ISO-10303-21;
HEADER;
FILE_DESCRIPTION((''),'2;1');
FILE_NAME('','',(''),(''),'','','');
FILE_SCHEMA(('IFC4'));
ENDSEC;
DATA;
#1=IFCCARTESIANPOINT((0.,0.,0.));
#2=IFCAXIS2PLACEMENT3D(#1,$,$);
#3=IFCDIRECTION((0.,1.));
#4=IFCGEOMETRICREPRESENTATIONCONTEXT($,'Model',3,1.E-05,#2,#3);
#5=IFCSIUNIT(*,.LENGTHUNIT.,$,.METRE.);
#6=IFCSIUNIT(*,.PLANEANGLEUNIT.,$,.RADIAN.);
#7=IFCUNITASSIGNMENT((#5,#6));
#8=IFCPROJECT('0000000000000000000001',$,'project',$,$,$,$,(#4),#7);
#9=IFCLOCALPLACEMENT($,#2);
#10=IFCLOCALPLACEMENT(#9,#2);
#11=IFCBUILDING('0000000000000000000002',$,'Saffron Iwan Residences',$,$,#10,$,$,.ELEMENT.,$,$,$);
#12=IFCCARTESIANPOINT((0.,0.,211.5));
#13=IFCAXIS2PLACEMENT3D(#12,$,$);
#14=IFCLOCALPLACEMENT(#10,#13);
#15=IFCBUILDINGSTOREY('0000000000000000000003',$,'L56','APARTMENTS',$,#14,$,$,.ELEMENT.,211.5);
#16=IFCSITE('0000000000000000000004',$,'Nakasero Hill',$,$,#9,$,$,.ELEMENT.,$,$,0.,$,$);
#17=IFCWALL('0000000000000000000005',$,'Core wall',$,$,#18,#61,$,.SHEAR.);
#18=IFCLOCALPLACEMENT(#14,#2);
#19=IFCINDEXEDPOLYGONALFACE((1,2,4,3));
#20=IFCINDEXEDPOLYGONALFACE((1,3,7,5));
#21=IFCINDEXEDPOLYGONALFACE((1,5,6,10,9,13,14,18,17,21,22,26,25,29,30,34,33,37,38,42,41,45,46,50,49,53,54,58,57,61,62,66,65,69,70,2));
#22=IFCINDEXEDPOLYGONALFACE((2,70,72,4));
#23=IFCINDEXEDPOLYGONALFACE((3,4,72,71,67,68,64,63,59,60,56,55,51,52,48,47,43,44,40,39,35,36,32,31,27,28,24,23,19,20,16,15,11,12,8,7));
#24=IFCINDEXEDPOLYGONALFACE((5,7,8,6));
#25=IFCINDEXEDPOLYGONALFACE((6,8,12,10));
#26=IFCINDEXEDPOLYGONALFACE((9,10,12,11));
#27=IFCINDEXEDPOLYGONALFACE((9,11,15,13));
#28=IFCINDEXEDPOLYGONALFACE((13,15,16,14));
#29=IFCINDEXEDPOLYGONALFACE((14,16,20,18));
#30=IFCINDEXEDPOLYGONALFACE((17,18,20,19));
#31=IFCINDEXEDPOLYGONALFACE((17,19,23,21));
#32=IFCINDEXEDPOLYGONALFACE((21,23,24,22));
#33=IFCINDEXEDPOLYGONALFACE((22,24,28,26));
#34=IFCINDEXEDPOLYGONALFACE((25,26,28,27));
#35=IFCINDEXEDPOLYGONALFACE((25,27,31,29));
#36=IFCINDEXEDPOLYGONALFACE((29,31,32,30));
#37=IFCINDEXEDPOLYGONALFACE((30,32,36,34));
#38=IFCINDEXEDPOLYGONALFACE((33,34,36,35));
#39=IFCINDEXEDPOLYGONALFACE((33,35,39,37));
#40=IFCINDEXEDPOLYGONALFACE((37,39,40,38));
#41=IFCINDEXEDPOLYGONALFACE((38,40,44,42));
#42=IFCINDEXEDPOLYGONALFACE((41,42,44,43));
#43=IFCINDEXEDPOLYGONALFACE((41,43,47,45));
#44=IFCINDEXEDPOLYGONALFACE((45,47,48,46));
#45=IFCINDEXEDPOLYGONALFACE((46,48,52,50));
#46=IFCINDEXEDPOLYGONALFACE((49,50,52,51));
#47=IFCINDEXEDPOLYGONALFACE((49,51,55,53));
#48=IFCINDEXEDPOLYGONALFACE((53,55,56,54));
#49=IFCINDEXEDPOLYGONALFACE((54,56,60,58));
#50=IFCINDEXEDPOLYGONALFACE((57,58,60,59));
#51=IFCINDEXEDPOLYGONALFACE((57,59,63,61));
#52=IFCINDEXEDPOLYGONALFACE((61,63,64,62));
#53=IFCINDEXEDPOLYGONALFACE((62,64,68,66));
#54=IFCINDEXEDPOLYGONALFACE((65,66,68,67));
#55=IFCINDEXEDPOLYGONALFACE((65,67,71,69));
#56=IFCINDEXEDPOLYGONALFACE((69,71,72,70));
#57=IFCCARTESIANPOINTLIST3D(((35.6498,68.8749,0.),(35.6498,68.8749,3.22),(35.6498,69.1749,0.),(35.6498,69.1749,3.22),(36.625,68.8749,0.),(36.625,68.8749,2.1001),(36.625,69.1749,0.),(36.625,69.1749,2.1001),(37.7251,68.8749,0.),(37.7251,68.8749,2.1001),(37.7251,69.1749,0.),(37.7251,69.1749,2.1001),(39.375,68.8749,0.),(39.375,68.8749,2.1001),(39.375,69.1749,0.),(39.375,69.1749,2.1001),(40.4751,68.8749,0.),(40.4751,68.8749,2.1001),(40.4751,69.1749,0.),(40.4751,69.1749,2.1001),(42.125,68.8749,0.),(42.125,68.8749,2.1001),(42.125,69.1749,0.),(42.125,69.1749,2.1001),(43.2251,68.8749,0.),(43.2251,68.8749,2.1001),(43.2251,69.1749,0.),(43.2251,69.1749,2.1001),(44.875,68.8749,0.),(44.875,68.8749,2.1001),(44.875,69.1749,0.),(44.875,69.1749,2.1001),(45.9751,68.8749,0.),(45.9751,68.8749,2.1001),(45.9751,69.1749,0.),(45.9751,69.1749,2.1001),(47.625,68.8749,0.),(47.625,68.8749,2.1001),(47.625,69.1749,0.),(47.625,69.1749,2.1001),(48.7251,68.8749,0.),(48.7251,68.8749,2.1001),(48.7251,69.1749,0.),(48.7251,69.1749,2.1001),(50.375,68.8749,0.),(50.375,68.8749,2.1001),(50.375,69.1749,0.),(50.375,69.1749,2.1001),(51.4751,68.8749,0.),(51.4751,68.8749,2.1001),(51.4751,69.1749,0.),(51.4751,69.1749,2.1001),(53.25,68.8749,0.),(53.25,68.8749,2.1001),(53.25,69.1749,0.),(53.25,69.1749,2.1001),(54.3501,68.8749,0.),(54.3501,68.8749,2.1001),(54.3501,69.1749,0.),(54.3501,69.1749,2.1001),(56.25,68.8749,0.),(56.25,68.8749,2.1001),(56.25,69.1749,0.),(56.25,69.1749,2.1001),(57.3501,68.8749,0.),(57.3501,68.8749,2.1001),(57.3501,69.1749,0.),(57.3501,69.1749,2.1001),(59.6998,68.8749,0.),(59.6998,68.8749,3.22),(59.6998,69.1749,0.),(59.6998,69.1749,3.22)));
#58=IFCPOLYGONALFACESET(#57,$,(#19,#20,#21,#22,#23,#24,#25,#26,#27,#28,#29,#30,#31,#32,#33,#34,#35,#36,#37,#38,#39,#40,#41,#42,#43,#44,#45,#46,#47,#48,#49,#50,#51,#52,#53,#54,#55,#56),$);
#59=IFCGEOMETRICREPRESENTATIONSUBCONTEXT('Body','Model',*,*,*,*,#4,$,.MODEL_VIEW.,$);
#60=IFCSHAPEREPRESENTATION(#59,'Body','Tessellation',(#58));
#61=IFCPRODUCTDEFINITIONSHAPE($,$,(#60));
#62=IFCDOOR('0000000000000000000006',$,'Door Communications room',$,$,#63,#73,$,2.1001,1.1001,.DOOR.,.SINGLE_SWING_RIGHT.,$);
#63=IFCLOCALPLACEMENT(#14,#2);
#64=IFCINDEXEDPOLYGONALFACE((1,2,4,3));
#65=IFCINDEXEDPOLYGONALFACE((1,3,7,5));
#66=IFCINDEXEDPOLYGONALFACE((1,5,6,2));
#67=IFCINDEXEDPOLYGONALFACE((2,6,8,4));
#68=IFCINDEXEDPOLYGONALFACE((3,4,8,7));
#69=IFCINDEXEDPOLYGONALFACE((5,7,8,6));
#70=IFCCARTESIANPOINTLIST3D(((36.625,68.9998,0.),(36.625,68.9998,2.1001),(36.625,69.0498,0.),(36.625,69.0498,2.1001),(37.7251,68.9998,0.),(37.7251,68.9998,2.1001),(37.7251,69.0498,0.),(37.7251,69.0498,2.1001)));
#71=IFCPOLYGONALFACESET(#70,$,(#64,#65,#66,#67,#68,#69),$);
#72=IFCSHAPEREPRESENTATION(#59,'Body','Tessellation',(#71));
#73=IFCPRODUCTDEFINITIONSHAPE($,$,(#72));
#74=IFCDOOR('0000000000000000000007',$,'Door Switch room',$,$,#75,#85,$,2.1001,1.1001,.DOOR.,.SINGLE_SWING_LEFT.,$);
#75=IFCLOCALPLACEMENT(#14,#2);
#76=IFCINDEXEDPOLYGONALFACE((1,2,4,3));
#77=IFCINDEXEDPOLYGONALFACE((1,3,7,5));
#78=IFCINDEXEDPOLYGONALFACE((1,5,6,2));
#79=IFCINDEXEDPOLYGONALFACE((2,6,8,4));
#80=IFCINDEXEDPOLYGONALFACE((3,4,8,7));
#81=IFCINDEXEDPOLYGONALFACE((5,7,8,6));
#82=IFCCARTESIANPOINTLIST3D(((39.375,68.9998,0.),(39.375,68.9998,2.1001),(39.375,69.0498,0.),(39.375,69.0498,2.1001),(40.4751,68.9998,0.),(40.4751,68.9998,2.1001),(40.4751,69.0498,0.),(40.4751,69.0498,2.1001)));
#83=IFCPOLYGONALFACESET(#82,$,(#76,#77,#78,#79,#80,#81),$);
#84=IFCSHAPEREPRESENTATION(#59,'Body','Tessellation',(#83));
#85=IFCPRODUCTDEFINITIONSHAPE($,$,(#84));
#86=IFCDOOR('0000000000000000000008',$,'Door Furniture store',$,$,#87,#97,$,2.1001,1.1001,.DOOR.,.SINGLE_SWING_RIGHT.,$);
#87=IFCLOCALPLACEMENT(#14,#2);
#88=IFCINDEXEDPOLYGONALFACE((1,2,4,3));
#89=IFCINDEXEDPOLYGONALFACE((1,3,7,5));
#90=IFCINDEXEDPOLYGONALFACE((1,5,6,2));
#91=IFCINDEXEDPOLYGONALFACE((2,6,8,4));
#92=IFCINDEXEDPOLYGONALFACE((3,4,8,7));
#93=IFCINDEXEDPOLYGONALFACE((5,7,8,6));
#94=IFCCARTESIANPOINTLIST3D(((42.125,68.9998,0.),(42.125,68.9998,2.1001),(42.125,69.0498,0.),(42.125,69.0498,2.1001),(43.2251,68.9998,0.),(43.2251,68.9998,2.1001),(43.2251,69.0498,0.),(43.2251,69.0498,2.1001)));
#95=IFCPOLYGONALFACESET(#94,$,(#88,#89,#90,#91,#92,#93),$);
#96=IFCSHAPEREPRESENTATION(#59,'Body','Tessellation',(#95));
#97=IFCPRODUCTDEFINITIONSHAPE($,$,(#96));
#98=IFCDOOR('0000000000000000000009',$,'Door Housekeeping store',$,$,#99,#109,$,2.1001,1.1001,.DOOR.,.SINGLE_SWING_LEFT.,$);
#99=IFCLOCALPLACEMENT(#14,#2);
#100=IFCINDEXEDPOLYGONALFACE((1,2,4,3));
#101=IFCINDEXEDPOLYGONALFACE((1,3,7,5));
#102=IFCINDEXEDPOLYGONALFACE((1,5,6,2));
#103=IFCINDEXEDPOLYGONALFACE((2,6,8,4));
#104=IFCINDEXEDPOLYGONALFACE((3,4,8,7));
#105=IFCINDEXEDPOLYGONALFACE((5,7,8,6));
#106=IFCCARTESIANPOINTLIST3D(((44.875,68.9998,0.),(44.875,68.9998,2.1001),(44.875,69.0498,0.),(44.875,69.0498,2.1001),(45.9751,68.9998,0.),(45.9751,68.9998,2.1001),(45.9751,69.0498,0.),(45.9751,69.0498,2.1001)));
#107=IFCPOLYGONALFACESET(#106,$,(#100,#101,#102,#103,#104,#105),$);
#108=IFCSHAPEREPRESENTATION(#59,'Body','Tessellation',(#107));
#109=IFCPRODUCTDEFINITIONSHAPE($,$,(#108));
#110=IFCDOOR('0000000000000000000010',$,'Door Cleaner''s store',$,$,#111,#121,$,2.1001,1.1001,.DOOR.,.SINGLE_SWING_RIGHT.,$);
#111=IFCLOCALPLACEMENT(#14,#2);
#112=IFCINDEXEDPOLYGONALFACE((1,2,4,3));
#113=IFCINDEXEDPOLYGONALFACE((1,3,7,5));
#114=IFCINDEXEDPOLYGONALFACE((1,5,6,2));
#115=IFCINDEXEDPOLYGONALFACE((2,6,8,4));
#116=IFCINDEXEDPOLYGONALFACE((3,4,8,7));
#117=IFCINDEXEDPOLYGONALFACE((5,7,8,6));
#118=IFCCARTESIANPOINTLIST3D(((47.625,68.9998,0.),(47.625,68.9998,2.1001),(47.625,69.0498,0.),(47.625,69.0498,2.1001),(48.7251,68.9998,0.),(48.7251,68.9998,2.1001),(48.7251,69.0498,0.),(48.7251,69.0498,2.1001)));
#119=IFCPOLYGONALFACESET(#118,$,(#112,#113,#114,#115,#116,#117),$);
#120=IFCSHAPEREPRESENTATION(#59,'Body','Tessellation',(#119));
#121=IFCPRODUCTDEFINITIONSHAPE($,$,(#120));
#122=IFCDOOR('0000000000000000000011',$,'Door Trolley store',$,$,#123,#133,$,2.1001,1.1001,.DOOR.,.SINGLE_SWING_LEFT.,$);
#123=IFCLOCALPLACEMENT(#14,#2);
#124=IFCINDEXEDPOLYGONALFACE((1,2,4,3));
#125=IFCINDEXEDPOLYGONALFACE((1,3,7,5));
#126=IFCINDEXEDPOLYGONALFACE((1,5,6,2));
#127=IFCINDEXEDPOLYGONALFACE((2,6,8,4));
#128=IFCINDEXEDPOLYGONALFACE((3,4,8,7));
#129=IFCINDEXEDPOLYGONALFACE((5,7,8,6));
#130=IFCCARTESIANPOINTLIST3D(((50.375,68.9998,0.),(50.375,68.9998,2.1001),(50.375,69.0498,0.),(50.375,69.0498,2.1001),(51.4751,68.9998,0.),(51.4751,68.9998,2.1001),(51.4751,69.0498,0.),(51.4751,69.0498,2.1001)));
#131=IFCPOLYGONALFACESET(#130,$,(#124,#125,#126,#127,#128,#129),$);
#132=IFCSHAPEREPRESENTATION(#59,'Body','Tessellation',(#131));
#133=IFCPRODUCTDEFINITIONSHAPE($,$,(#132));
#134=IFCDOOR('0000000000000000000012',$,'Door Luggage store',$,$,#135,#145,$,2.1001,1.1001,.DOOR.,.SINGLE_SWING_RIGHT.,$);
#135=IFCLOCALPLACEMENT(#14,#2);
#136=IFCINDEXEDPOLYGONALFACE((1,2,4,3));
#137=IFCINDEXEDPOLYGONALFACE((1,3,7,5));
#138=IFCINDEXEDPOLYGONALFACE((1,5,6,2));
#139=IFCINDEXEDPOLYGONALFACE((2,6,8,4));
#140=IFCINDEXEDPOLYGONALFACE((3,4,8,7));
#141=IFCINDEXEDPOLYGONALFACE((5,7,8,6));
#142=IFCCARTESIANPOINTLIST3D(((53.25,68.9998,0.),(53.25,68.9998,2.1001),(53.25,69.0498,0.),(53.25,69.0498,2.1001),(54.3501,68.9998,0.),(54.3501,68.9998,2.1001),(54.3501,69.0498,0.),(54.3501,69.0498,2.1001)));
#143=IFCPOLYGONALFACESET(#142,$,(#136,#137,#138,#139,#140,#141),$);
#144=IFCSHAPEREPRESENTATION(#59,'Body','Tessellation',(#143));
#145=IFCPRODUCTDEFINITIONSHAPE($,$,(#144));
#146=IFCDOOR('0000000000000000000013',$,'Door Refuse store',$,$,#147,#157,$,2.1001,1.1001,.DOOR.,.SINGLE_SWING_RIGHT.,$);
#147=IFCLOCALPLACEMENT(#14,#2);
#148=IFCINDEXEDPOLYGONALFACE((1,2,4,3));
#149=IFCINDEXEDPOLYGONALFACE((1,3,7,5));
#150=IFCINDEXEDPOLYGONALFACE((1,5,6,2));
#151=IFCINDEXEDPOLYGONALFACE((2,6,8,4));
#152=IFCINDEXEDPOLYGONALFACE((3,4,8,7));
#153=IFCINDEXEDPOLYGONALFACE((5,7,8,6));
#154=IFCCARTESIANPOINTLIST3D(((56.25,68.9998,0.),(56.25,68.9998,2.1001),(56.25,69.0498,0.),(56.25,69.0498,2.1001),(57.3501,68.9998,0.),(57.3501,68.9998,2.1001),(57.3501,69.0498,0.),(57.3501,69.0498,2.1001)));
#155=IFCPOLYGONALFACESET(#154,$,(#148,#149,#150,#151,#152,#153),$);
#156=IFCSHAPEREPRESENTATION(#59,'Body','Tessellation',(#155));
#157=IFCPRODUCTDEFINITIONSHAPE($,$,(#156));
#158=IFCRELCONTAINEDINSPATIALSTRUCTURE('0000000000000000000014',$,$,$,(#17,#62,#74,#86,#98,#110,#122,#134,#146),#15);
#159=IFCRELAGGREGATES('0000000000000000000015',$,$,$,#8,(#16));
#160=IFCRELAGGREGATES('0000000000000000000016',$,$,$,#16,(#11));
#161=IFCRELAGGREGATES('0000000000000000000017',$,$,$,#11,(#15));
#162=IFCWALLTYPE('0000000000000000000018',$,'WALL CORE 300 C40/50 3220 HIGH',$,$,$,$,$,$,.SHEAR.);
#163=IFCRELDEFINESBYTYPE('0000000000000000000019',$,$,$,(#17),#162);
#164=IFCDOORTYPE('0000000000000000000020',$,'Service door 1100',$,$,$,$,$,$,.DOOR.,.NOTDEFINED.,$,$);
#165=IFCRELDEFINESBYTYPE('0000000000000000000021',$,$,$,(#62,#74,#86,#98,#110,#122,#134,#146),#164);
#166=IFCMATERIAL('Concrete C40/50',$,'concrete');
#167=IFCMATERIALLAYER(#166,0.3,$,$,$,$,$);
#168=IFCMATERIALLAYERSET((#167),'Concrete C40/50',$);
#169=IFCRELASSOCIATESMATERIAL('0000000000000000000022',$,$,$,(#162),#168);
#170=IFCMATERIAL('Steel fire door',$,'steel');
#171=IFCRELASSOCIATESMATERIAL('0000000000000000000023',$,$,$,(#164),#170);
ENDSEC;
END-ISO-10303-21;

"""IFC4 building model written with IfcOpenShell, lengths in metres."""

from ifc_helpers import new_model, si_unit, direction, frame, frame_2d, origin, place, context, subcontext, project, spatial, rectangle, extrude, material, layer, layer_set, type_object, element, fill, save


model = new_model("IFC4")

# Units and contexts
model_context = context("Model", 3, precision=1e-05, world=origin(), true_north=direction((0.0, 1.0)))
body_context = subcontext(model_context, "Body", "Model", "MODEL_VIEW")
ifc_project = project(units=[si_unit("LENGTHUNIT", "METRE"), si_unit("PLANEANGLEUNIT", "RADIAN")], contexts=[model_context])

# Site, building, storey
site_placement = place(None, origin())
site = spatial("IfcSite", under=ifc_project, at=site_placement, Name="Nakasero Hill", CompositionType="ELEMENT", RefElevation=0.0)
building_placement = place(site_placement, origin())
building = spatial("IfcBuilding", under=site, at=building_placement, Name="Saffron Iwan Residences", CompositionType="ELEMENT")
storey_placement = place(building_placement, frame((0.0, 0.0, 211.5)))
storey = spatial("IfcBuildingStorey", under=building, at=storey_placement, Name="L56", Description="APARTMENTS", CompositionType="ELEMENT", Elevation=211.5)

# Shared definitions
ifc_material_1 = material(Name="Steel fire door", Category="steel")

# Wall, openings, doors
ifc_material_2 = material(Name="Concrete C40/50", Category="concrete")
ifc_layer_1 = layer(ifc_material_2, 0.3)
ifc_layer_set_1 = layer_set([ifc_layer_1], Name="Concrete C40/50")
wall_type_1 = type_object("IfcWallType", Name="WALL CORE 300 C40/50 3220 HIGH", PredefinedType="SHEAR", material=ifc_layer_set_1)
wall_1_placement = place(storey_placement, frame((35.6499, 69.0249, 0.0), z_axis=(0.0, 0.0, 1.0), x_axis=(1.0, 0.0, 0.0)))
wall_1 = element("IfcWall", 1, at=wall_1_placement, inside=storey, type_object=wall_type_1, Name="Core wall", PredefinedType="SHEAR", context=body_context, shape_type="SweptSolid", body=[
    extrude(rectangle(XDim=24.05, YDim=0.3, at=frame_2d((12.0249, 0.0))), origin(), (0.0, 0.0, 1.0), 3.22),
])
opening_1_placement = place(wall_1_placement, frame((0.9751, 0.0, 0.0)))
opening_1 = element("IfcOpeningElement", 2, at=opening_1_placement, cuts=wall_1, PredefinedType="OPENING", context=body_context, shape_type="SweptSolid", body=[
    extrude(rectangle(XDim=1.1001, YDim=2.1001, at=frame_2d((0.55, 1.05))), frame((0.0, 0.1602, 0.0), z_axis=(0.0, -1.0, 0.0), x_axis=(1.0, 0.0, 0.0)), (0.0, 0.0, 1.0), 0.3201),
])
opening_2_placement = place(wall_1_placement, frame((3.7251, 0.0, 0.0)))
opening_2 = element("IfcOpeningElement", 3, at=opening_2_placement, cuts=wall_1, PredefinedType="OPENING", context=body_context, shape_type="SweptSolid", body=[
    extrude(rectangle(XDim=1.1001, YDim=2.1001, at=frame_2d((0.55, 1.05))), frame((0.0, 0.1602, 0.0), z_axis=(0.0, -1.0, 0.0), x_axis=(1.0, 0.0, 0.0)), (0.0, 0.0, 1.0), 0.3201),
])
opening_3_placement = place(wall_1_placement, frame((6.4751, 0.0, 0.0)))
opening_3 = element("IfcOpeningElement", 4, at=opening_3_placement, cuts=wall_1, PredefinedType="OPENING", context=body_context, shape_type="SweptSolid", body=[
    extrude(rectangle(XDim=1.1001, YDim=2.1001, at=frame_2d((0.55, 1.05))), frame((0.0, 0.1602, 0.0), z_axis=(0.0, -1.0, 0.0), x_axis=(1.0, 0.0, 0.0)), (0.0, 0.0, 1.0), 0.3201),
])
opening_4_placement = place(wall_1_placement, frame((9.2251, 0.0, 0.0)))
opening_4 = element("IfcOpeningElement", 5, at=opening_4_placement, cuts=wall_1, PredefinedType="OPENING", context=body_context, shape_type="SweptSolid", body=[
    extrude(rectangle(XDim=1.1001, YDim=2.1001, at=frame_2d((0.55, 1.05))), frame((0.0, 0.1602, 0.0), z_axis=(0.0, -1.0, 0.0), x_axis=(1.0, 0.0, 0.0)), (0.0, 0.0, 1.0), 0.3201),
])
opening_5_placement = place(wall_1_placement, frame((11.9751, 0.0, 0.0)))
opening_5 = element("IfcOpeningElement", 6, at=opening_5_placement, cuts=wall_1, PredefinedType="OPENING", context=body_context, shape_type="SweptSolid", body=[
    extrude(rectangle(XDim=1.1001, YDim=2.1001, at=frame_2d((0.55, 1.05))), frame((0.0, 0.1602, 0.0), z_axis=(0.0, -1.0, 0.0), x_axis=(1.0, 0.0, 0.0)), (0.0, 0.0, 1.0), 0.3201),
])
opening_6_placement = place(wall_1_placement, frame((14.7251, 0.0, 0.0)))
opening_6 = element("IfcOpeningElement", 7, at=opening_6_placement, cuts=wall_1, PredefinedType="OPENING", context=body_context, shape_type="SweptSolid", body=[
    extrude(rectangle(XDim=1.1001, YDim=2.1001, at=frame_2d((0.55, 1.05))), frame((0.0, 0.1602, 0.0), z_axis=(0.0, -1.0, 0.0), x_axis=(1.0, 0.0, 0.0)), (0.0, 0.0, 1.0), 0.3201),
])
opening_7_placement = place(wall_1_placement, frame((17.6001, 0.0, 0.0)))
opening_7 = element("IfcOpeningElement", 8, at=opening_7_placement, cuts=wall_1, PredefinedType="OPENING", context=body_context, shape_type="SweptSolid", body=[
    extrude(rectangle(XDim=1.1001, YDim=2.1001, at=frame_2d((0.55, 1.05))), frame((0.0, 0.1602, 0.0), z_axis=(0.0, -1.0, 0.0), x_axis=(1.0, 0.0, 0.0)), (0.0, 0.0, 1.0), 0.3201),
])
opening_8_placement = place(wall_1_placement, frame((20.6001, 0.0, 0.0)))
opening_8 = element("IfcOpeningElement", 9, at=opening_8_placement, cuts=wall_1, PredefinedType="OPENING", context=body_context, shape_type="SweptSolid", body=[
    extrude(rectangle(XDim=1.1001, YDim=2.1001, at=frame_2d((0.55, 1.05))), frame((0.0, 0.1602, 0.0), z_axis=(0.0, -1.0, 0.0), x_axis=(1.0, 0.0, 0.0)), (0.0, 0.0, 1.0), 0.3201),
])
door_type_1 = type_object("IfcDoorType", Name="Service door 1100", OperationType="NOTDEFINED", PredefinedType="DOOR", material=ifc_material_1)
door_1_placement = place(opening_1_placement, origin())
door_1 = element("IfcDoor", 10, at=door_1_placement, inside=storey, type_object=door_type_1, Name="Door Communications room", OperationType="SINGLE_SWING_RIGHT", OverallHeight=2.1001, OverallWidth=1.1001, PredefinedType="DOOR", context=body_context, shape_type="SweptSolid", body=[
    extrude(rectangle(XDim=1.1001, YDim=2.1001, at=frame_2d((0.55, 1.05))), frame((0.0, 0.0249, 0.0), z_axis=(0.0, -1.0, 0.0), x_axis=(1.0, 0.0, 0.0)), (0.0, 0.0, 1.0), 0.05),
])
fill(opening_1, door_1)
door_2_placement = place(opening_2_placement, origin())
door_2 = element("IfcDoor", 11, at=door_2_placement, inside=storey, type_object=door_type_1, Name="Door Switch room", OperationType="SINGLE_SWING_LEFT", OverallHeight=2.1001, OverallWidth=1.1001, PredefinedType="DOOR", context=body_context, shape_type="SweptSolid", body=[
    extrude(rectangle(XDim=1.1001, YDim=2.1001, at=frame_2d((0.55, 1.05))), frame((0.0, 0.0249, 0.0), z_axis=(0.0, -1.0, 0.0), x_axis=(1.0, 0.0, 0.0)), (0.0, 0.0, 1.0), 0.05),
])
fill(opening_2, door_2)
door_3_placement = place(opening_3_placement, origin())
door_3 = element("IfcDoor", 12, at=door_3_placement, inside=storey, type_object=door_type_1, Name="Door Furniture store", OperationType="SINGLE_SWING_RIGHT", OverallHeight=2.1001, OverallWidth=1.1001, PredefinedType="DOOR", context=body_context, shape_type="SweptSolid", body=[
    extrude(rectangle(XDim=1.1001, YDim=2.1001, at=frame_2d((0.55, 1.05))), frame((0.0, 0.0249, 0.0), z_axis=(0.0, -1.0, 0.0), x_axis=(1.0, 0.0, 0.0)), (0.0, 0.0, 1.0), 0.05),
])
fill(opening_3, door_3)
door_4_placement = place(opening_4_placement, origin())
door_4 = element("IfcDoor", 13, at=door_4_placement, inside=storey, type_object=door_type_1, Name="Door Housekeeping store", OperationType="SINGLE_SWING_LEFT", OverallHeight=2.1001, OverallWidth=1.1001, PredefinedType="DOOR", context=body_context, shape_type="SweptSolid", body=[
    extrude(rectangle(XDim=1.1001, YDim=2.1001, at=frame_2d((0.55, 1.05))), frame((0.0, 0.0249, 0.0), z_axis=(0.0, -1.0, 0.0), x_axis=(1.0, 0.0, 0.0)), (0.0, 0.0, 1.0), 0.05),
])
fill(opening_4, door_4)
door_5_placement = place(opening_5_placement, origin())
door_5 = element("IfcDoor", 14, at=door_5_placement, inside=storey, type_object=door_type_1, Name="Door Cleaner's store", OperationType="SINGLE_SWING_RIGHT", OverallHeight=2.1001, OverallWidth=1.1001, PredefinedType="DOOR", context=body_context, shape_type="SweptSolid", body=[
    extrude(rectangle(XDim=1.1001, YDim=2.1001, at=frame_2d((0.55, 1.05))), frame((0.0, 0.0249, 0.0), z_axis=(0.0, -1.0, 0.0), x_axis=(1.0, 0.0, 0.0)), (0.0, 0.0, 1.0), 0.05),
])
fill(opening_5, door_5)
door_6_placement = place(opening_6_placement, origin())
door_6 = element("IfcDoor", 15, at=door_6_placement, inside=storey, type_object=door_type_1, Name="Door Trolley store", OperationType="SINGLE_SWING_LEFT", OverallHeight=2.1001, OverallWidth=1.1001, PredefinedType="DOOR", context=body_context, shape_type="SweptSolid", body=[
    extrude(rectangle(XDim=1.1001, YDim=2.1001, at=frame_2d((0.55, 1.05))), frame((0.0, 0.0249, 0.0), z_axis=(0.0, -1.0, 0.0), x_axis=(1.0, 0.0, 0.0)), (0.0, 0.0, 1.0), 0.05),
])
fill(opening_6, door_6)
door_7_placement = place(opening_7_placement, origin())
door_7 = element("IfcDoor", 16, at=door_7_placement, inside=storey, type_object=door_type_1, Name="Door Luggage store", OperationType="SINGLE_SWING_RIGHT", OverallHeight=2.1001, OverallWidth=1.1001, PredefinedType="DOOR", context=body_context, shape_type="SweptSolid", body=[
    extrude(rectangle(XDim=1.1001, YDim=2.1001, at=frame_2d((0.55, 1.05))), frame((0.0, 0.0249, 0.0), z_axis=(0.0, -1.0, 0.0), x_axis=(1.0, 0.0, 0.0)), (0.0, 0.0, 1.0), 0.05),
])
fill(opening_7, door_7)
door_8_placement = place(opening_8_placement, origin())
door_8 = element("IfcDoor", 17, at=door_8_placement, inside=storey, type_object=door_type_1, Name="Door Refuse store", OperationType="SINGLE_SWING_RIGHT", OverallHeight=2.1001, OverallWidth=1.1001, PredefinedType="DOOR", context=body_context, shape_type="SweptSolid", body=[
    extrude(rectangle(XDim=1.1001, YDim=2.1001, at=frame_2d((0.55, 1.05))), frame((0.0, 0.0249, 0.0), z_axis=(0.0, -1.0, 0.0), x_axis=(1.0, 0.0, 0.0)), (0.0, 0.0, 1.0), 0.05),
])
fill(opening_8, door_8)

save(model, "model.ifc")
